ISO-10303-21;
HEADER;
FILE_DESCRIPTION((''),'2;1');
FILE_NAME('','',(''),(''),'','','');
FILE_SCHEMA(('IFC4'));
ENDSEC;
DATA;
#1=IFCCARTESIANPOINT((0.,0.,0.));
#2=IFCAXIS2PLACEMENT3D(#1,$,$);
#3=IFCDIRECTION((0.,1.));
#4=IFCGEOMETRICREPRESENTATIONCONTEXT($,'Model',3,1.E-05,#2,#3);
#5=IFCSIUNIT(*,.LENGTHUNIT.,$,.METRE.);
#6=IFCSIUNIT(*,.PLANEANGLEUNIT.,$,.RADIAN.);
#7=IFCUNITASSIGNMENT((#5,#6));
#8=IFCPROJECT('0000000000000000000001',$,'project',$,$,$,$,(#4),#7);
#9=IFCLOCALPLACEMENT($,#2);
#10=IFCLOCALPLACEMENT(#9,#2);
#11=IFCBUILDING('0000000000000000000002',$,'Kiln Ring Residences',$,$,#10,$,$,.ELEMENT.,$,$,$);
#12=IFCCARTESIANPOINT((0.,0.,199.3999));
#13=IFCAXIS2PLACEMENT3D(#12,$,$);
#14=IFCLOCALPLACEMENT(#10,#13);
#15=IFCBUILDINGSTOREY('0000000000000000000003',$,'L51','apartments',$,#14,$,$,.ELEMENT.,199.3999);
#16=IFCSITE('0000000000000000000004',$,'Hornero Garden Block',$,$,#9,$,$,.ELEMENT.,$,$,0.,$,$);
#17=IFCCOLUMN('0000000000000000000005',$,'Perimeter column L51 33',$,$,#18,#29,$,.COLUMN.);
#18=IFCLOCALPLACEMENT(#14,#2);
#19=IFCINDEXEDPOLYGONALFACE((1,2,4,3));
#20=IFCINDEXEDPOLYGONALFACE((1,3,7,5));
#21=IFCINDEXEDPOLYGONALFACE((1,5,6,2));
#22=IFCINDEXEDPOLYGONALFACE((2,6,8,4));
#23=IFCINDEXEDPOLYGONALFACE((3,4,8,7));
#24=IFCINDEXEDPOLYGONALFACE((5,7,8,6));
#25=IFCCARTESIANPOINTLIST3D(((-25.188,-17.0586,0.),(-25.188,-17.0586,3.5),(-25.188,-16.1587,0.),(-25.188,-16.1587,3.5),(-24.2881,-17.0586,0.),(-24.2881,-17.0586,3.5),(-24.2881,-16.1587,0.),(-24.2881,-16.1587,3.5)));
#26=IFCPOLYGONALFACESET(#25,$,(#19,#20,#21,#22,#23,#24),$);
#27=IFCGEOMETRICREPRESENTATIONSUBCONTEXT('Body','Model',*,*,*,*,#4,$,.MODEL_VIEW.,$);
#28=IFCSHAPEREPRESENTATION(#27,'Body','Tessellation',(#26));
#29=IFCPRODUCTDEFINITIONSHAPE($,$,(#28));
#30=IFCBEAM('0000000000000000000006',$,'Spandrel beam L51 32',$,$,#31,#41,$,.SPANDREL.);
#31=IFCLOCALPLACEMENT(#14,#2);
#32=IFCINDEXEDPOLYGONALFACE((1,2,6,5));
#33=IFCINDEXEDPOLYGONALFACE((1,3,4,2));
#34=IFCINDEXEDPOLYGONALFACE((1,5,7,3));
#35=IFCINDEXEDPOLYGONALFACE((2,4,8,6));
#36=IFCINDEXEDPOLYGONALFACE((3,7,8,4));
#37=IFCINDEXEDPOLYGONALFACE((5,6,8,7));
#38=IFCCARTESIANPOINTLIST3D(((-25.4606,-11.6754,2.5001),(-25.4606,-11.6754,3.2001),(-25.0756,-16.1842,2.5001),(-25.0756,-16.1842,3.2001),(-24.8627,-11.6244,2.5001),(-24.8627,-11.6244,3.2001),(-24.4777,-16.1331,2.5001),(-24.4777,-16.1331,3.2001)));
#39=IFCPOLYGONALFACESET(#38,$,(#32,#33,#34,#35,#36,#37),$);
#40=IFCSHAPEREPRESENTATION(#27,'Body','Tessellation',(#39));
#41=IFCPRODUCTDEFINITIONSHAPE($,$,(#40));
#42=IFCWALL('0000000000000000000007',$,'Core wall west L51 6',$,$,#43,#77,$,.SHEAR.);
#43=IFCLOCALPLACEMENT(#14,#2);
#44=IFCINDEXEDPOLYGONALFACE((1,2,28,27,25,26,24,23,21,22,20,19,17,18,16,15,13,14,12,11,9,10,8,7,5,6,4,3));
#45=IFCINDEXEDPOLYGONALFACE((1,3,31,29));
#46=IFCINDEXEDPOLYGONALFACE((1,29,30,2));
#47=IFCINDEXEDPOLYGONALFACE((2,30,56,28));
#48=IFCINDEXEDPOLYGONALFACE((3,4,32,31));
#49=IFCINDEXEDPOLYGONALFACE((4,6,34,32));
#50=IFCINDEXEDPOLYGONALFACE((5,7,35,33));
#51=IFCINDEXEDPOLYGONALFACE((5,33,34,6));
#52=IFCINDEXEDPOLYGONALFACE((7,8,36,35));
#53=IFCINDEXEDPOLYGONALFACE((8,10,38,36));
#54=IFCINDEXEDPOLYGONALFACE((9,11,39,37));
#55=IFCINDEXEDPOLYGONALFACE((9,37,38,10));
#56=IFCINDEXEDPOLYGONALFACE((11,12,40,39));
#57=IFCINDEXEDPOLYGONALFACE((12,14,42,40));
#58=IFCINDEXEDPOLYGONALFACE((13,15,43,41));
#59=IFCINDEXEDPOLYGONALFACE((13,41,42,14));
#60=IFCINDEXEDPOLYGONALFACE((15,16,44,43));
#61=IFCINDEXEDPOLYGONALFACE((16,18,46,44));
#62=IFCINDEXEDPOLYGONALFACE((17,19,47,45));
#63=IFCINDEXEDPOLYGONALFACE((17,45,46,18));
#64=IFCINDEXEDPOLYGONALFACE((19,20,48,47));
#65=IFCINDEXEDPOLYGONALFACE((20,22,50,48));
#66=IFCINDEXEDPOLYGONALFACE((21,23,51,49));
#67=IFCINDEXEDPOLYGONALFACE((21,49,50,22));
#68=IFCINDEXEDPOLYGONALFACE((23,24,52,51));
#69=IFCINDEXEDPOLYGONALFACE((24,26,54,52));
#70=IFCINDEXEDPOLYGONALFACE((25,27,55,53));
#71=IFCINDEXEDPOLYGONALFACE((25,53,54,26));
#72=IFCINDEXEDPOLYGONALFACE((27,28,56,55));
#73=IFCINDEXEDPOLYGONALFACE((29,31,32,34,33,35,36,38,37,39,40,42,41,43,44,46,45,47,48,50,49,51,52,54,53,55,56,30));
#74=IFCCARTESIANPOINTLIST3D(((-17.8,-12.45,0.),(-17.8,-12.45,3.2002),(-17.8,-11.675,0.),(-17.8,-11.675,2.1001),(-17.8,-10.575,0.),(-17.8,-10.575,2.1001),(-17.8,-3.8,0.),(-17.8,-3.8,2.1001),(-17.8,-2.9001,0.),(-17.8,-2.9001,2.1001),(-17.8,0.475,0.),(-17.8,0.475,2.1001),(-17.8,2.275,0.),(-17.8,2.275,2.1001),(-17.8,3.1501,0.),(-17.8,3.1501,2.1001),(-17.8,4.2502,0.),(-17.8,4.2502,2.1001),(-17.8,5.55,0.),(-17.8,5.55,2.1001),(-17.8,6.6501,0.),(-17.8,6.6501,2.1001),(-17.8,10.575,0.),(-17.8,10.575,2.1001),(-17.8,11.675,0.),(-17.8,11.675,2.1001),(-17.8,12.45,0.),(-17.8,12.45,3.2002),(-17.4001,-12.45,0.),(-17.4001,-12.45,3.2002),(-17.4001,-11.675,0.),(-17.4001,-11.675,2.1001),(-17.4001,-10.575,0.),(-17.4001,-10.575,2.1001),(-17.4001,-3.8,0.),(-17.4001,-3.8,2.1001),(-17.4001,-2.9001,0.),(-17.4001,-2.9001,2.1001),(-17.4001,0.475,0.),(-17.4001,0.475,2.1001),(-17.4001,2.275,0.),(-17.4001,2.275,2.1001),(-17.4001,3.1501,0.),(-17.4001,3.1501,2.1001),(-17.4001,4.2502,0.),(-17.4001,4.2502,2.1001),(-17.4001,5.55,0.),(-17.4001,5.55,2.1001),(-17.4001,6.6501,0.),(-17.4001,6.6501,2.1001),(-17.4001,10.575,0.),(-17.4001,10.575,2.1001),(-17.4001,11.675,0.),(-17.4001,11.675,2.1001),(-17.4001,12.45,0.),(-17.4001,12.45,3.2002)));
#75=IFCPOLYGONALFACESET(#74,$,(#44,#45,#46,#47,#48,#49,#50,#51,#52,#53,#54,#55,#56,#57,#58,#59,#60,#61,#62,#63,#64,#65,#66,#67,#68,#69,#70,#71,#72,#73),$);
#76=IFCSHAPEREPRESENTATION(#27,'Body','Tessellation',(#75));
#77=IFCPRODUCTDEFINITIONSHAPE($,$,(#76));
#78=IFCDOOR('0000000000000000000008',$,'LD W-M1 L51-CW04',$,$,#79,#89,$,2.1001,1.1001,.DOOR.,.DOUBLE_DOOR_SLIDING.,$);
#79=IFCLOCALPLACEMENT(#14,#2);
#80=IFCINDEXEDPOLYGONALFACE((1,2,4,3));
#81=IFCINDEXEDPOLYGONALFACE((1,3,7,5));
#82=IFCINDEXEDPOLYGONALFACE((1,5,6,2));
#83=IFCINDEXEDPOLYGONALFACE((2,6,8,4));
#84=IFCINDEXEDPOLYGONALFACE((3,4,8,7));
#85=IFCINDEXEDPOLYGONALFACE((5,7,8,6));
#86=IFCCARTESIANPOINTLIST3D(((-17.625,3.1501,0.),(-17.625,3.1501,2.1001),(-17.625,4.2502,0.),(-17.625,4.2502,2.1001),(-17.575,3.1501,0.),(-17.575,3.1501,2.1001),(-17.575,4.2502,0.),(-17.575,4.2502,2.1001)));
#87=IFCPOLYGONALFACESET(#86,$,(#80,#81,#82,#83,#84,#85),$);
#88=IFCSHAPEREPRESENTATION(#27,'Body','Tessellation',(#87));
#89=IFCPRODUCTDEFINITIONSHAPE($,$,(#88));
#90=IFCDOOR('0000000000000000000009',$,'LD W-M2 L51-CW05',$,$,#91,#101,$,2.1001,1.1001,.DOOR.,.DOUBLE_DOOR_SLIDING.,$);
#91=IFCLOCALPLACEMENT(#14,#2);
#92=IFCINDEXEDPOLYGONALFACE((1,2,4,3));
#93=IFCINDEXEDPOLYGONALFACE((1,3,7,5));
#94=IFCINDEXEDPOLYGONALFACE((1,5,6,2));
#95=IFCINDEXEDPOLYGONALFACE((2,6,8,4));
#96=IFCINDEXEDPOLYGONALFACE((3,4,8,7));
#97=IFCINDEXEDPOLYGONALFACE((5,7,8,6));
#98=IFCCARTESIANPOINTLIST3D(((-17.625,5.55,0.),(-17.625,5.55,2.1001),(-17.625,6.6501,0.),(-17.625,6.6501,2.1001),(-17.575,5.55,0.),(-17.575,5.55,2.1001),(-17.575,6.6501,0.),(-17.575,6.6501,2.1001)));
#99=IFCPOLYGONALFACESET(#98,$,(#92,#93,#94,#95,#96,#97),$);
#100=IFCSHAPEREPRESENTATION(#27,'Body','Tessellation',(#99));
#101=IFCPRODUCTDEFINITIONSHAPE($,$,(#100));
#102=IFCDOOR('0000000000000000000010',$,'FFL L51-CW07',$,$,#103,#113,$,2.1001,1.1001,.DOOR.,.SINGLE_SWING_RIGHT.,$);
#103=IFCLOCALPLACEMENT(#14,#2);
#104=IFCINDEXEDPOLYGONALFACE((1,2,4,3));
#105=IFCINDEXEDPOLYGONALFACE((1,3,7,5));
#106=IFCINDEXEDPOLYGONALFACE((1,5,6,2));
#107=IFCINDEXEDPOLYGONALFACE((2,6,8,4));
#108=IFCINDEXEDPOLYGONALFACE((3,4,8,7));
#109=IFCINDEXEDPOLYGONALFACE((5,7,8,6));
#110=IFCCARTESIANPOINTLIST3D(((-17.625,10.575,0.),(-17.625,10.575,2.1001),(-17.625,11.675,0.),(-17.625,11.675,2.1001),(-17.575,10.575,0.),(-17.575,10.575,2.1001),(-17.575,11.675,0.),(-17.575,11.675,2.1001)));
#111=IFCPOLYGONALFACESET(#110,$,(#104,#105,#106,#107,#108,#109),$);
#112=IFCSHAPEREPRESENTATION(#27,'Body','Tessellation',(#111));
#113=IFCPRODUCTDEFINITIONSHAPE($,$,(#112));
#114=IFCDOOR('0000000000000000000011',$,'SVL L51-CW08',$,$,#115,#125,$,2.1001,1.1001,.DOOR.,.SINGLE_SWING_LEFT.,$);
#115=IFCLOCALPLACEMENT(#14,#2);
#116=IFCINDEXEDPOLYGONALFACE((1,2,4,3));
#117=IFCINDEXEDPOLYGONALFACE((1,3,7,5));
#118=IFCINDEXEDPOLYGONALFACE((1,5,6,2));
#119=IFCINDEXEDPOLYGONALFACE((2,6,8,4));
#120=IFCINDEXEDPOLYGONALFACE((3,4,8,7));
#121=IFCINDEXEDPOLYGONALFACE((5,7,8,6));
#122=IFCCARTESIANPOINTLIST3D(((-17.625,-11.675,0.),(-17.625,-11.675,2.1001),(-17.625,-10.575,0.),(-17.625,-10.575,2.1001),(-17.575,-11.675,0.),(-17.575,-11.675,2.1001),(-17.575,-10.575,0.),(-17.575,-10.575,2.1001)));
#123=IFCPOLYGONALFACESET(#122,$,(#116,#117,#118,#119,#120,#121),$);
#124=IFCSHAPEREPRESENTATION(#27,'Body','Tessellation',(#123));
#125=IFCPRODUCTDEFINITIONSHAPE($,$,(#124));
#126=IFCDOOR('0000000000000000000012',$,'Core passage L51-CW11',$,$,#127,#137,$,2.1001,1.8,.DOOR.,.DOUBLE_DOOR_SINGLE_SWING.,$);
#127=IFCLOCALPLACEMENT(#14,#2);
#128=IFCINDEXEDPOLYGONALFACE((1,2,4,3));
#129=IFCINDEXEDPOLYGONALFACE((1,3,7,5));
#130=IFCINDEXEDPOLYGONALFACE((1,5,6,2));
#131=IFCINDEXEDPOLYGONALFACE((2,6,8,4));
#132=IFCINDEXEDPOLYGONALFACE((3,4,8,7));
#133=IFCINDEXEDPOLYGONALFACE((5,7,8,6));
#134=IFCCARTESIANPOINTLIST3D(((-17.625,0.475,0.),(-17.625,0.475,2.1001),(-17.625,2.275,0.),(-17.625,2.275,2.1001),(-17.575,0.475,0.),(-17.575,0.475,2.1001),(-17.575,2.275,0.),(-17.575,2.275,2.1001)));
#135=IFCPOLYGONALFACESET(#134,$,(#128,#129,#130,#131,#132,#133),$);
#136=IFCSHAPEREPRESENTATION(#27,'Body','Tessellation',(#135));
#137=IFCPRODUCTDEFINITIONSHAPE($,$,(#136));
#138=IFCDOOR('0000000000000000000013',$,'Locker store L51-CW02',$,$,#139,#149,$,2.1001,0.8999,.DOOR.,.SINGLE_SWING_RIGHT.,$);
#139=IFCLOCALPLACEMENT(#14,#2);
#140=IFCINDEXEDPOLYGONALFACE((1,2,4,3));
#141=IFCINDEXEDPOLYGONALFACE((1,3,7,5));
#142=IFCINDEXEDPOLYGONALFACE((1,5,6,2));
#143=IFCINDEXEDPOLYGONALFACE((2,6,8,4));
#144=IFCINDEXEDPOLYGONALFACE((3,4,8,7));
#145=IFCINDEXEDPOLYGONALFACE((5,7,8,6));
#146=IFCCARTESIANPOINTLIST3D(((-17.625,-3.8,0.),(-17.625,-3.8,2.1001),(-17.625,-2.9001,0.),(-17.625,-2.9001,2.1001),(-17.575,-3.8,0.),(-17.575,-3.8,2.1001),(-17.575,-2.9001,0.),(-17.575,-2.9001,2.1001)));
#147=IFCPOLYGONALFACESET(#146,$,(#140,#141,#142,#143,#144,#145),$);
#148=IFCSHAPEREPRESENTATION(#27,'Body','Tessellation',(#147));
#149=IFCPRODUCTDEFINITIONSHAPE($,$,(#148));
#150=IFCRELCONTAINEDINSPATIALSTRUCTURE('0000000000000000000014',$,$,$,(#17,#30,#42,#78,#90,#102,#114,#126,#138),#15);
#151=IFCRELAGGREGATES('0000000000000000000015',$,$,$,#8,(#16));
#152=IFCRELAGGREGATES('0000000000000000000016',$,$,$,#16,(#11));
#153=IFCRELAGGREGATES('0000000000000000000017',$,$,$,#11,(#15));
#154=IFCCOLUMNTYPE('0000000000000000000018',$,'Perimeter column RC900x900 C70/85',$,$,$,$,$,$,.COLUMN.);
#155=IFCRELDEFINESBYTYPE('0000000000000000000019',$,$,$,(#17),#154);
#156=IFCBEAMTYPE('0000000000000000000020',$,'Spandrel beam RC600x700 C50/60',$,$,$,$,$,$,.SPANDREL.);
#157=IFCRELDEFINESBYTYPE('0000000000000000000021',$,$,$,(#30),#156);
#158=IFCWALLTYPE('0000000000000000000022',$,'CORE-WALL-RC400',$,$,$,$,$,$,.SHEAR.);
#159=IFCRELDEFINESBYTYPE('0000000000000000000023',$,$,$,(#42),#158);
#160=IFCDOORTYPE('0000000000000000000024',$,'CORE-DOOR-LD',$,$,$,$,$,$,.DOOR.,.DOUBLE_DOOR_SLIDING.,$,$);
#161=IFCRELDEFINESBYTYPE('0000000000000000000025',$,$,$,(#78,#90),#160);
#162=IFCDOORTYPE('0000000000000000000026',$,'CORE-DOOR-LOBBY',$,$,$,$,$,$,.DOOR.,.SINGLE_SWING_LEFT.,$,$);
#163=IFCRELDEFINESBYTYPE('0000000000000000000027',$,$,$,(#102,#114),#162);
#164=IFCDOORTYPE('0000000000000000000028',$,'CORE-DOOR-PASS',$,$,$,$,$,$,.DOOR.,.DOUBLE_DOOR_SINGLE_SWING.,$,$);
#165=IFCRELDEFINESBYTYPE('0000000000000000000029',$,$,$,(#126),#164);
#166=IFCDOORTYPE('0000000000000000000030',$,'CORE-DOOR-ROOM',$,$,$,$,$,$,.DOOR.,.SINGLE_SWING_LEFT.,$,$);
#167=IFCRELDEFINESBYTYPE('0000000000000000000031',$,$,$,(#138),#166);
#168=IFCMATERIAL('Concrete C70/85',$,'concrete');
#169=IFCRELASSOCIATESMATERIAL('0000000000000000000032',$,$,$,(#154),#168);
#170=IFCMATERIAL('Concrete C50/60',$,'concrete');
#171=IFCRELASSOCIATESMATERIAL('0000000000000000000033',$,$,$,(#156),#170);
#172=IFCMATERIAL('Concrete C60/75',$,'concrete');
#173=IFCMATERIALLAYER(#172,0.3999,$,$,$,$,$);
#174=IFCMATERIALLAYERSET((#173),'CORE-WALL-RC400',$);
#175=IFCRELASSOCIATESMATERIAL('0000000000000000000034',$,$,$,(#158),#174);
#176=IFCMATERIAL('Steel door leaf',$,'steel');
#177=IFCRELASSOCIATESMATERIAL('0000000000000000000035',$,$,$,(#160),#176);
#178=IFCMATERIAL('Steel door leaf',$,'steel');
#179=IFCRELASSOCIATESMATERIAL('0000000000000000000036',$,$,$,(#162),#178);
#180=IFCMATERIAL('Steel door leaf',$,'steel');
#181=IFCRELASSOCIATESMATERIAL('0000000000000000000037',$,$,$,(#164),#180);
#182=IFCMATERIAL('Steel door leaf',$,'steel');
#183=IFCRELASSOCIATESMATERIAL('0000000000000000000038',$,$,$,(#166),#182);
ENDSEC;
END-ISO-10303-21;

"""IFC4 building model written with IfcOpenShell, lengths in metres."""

from ifc_helpers import new_model, si_unit, direction, frame, frame_2d, origin, origin_2d, place, context, subcontext, project, spatial, rectangle, extrude, material, layer, layer_set, material_profile, profile_set, type_object, element, fill, save


model = new_model("IFC4")

# Units and contexts
model_context = context("Model", 3, precision=1e-05, world=origin(), true_north=direction((0.0, 1.0)))
body_context = subcontext(model_context, "Body", "Model", "MODEL_VIEW")
ifc_project = project(units=[si_unit("LENGTHUNIT", "METRE"), si_unit("PLANEANGLEUNIT", "RADIAN")], contexts=[model_context])

# Site, building, storey
site_placement = place(None, origin())
site = spatial("IfcSite", under=ifc_project, at=site_placement, Name="Hornero Garden Block", CompositionType="ELEMENT", RefElevation=0.0)
building_placement = place(site_placement, origin())
building = spatial("IfcBuilding", under=site, at=building_placement, Name="Kiln Ring Residences", CompositionType="ELEMENT")
storey_placement = place(building_placement, frame((0.0, 0.0, 199.3999)))
storey = spatial("IfcBuildingStorey", under=building, at=storey_placement, Name="L51", Description="apartments", CompositionType="ELEMENT", Elevation=199.3999)

# Column
ifc_material_1 = material(Name="Concrete C70/85", Category="concrete")
ifc_material_profile_1 = material_profile(ifc_material_1, rectangle(XDim=0.8999, YDim=0.8999, at=origin_2d()), Name="RC900x900")
ifc_profile_set_1 = profile_set([ifc_material_profile_1], Name="Concrete C70/85")
column_type = type_object("IfcColumnType", Name="Perimeter column RC900x900 C70/85", PredefinedType="COLUMN", material=ifc_profile_set_1)
column_placement = place(storey_placement, frame((-24.738, -16.6086, 0.0), z_axis=(0.0, 0.0, 1.0), x_axis=(1.0, 0.0, 0.0)))
element("IfcColumn", 1, at=column_placement, inside=storey, type_object=column_type, Name="Perimeter column L51 33", PredefinedType="COLUMN", context=body_context, shape_type="SweptSolid", body=[
    extrude(rectangle(XDim=0.8999, YDim=0.8999, at=origin_2d()), origin(), (0.0, 0.0, 1.0), 3.5),
])

# Beam
ifc_material_2 = material(Name="Concrete C50/60", Category="concrete")
ifc_material_profile_2 = material_profile(ifc_material_2, rectangle(XDim=0.6001, YDim=0.7, at=origin_2d()), Name="RC600x700")
ifc_profile_set_2 = profile_set([ifc_material_profile_2], Name="Concrete C50/60")
beam_type = type_object("IfcBeamType", Name="Spandrel beam RC600x700 C50/60", PredefinedType="SPANDREL", material=ifc_profile_set_2)
beam_placement = place(storey_placement, frame((-25.1616, -11.6499, 2.8501), z_axis=(0.085081, -0.996374, 0.0), x_axis=(0.996374, 0.085081, 0.0)))
element("IfcBeam", 2, at=beam_placement, inside=storey, type_object=beam_type, Name="Spandrel beam L51 32", PredefinedType="SPANDREL", context=body_context, shape_type="SweptSolid", body=[
    extrude(rectangle(XDim=0.6001, YDim=0.7, at=origin_2d()), origin(), (0.0, 0.0, 1.0), 4.5251),
])

# Wall, openings, doors
ifc_material_3 = material(Name="Concrete C60/75", Category="concrete")
ifc_layer_1 = layer(ifc_material_3, 0.3999)
ifc_layer_set_1 = layer_set([ifc_layer_1], Name="CORE-WALL-RC400")
wall_type_1 = type_object("IfcWallType", Name="CORE-WALL-RC400", PredefinedType="SHEAR", material=ifc_layer_set_1)
wall_1_placement = place(storey_placement, frame((-17.6001, -12.45, 0.0), z_axis=(0.0, 0.0, 1.0), x_axis=(0.0, 1.0, 0.0)))
wall_1 = element("IfcWall", 3, at=wall_1_placement, inside=storey, type_object=wall_type_1, Name="Core wall west L51 6", PredefinedType="SHEAR", context=body_context, shape_type="SweptSolid", body=[
    extrude(rectangle(XDim=24.8999, YDim=0.3999, at=frame_2d((12.45, 0.0))), origin(), (0.0, 0.0, 1.0), 3.2002),
])
opening_1_placement = place(wall_1_placement, frame((8.6499, 0.0, 0.0)))
opening_1 = element("IfcOpeningElement", 4, at=opening_1_placement, cuts=wall_1, PredefinedType="OPENING", context=body_context, shape_type="SweptSolid", body=[
    extrude(rectangle(XDim=0.8999, YDim=2.1001, at=frame_2d((0.45, 1.05))), frame((0.0, 0.21, 0.0), z_axis=(0.0, -1.0, 0.0), x_axis=(1.0, 0.0, 0.0)), (0.0, 0.0, 1.0), 0.4199),
])
opening_2_placement = place(wall_1_placement, frame((15.6001, 0.0, 0.0)))
opening_2 = element("IfcOpeningElement", 5, at=opening_2_placement, cuts=wall_1, PredefinedType="OPENING", context=body_context, shape_type="SweptSolid", body=[
    extrude(rectangle(XDim=1.1001, YDim=2.1001, at=frame_2d((0.55, 1.05))), frame((0.0, 0.21, 0.0), z_axis=(0.0, -1.0, 0.0), x_axis=(1.0, 0.0, 0.0)), (0.0, 0.0, 1.0), 0.4199),
])
opening_3_placement = place(wall_1_placement, frame((18.0, 0.0, 0.0)))
opening_3 = element("IfcOpeningElement", 6, at=opening_3_placement, cuts=wall_1, PredefinedType="OPENING", context=body_context, shape_type="SweptSolid", body=[
    extrude(rectangle(XDim=1.1001, YDim=2.1001, at=frame_2d((0.55, 1.05))), frame((0.0, 0.21, 0.0), z_axis=(0.0, -1.0, 0.0), x_axis=(1.0, 0.0, 0.0)), (0.0, 0.0, 1.0), 0.4199),
])
opening_4_placement = place(wall_1_placement, frame((23.0249, 0.0, 0.0)))
opening_4 = element("IfcOpeningElement", 7, at=opening_4_placement, cuts=wall_1, PredefinedType="OPENING", context=body_context, shape_type="SweptSolid", body=[
    extrude(rectangle(XDim=1.1001, YDim=2.1001, at=frame_2d((0.55, 1.05))), frame((0.0, 0.21, 0.0), z_axis=(0.0, -1.0, 0.0), x_axis=(1.0, 0.0, 0.0)), (0.0, 0.0, 1.0), 0.4199),
])
opening_5_placement = place(wall_1_placement, frame((0.7749, 0.0, 0.0)))
opening_5 = element("IfcOpeningElement", 8, at=opening_5_placement, cuts=wall_1, PredefinedType="OPENING", context=body_context, shape_type="SweptSolid", body=[
    extrude(rectangle(XDim=1.1001, YDim=2.1001, at=frame_2d((0.55, 1.05))), frame((0.0, 0.21, 0.0), z_axis=(0.0, -1.0, 0.0), x_axis=(1.0, 0.0, 0.0)), (0.0, 0.0, 1.0), 0.4199),
])
opening_6_placement = place(wall_1_placement, frame((12.925, 0.0, 0.0)))
opening_6 = element("IfcOpeningElement", 9, at=opening_6_placement, cuts=wall_1, PredefinedType="OPENING", context=body_context, shape_type="SweptSolid", body=[
    extrude(rectangle(XDim=1.8, YDim=2.1001, at=frame_2d((0.8999, 1.05))), frame((0.0, 0.21, 0.0), z_axis=(0.0, -1.0, 0.0), x_axis=(1.0, 0.0, 0.0)), (0.0, 0.0, 1.0), 0.4199),
])
ifc_material_4 = material(Name="Steel door leaf", Category="steel")
door_type_1 = type_object("IfcDoorType", Name="CORE-DOOR-LD", OperationType="DOUBLE_DOOR_SLIDING", PredefinedType="DOOR", material=ifc_material_4)
door_1_placement = place(opening_2_placement, origin())
door_1 = element("IfcDoor", 10, at=door_1_placement, inside=storey, type_object=door_type_1, Name="LD W-M1 L51-CW04", OperationType="DOUBLE_DOOR_SLIDING", OverallHeight=2.1001, OverallWidth=1.1001, PredefinedType="DOOR", context=body_context, shape_type="SweptSolid", body=[
    extrude(rectangle(XDim=1.1001, YDim=2.1001, at=frame_2d((0.55, 1.05))), frame((0.0, 0.0249, 0.0), z_axis=(0.0, -1.0, 0.0), x_axis=(1.0, 0.0, 0.0)), (0.0, 0.0, 1.0), 0.05),
])
fill(opening_2, door_1)
door_2_placement = place(opening_3_placement, origin())
door_2 = element("IfcDoor", 11, at=door_2_placement, inside=storey, type_object=door_type_1, Name="LD W-M2 L51-CW05", OperationType="DOUBLE_DOOR_SLIDING", OverallHeight=2.1001, OverallWidth=1.1001, PredefinedType="DOOR", context=body_context, shape_type="SweptSolid", body=[
    extrude(rectangle(XDim=1.1001, YDim=2.1001, at=frame_2d((0.55, 1.05))), frame((0.0, 0.0249, 0.0), z_axis=(0.0, -1.0, 0.0), x_axis=(1.0, 0.0, 0.0)), (0.0, 0.0, 1.0), 0.05),
])
fill(opening_3, door_2)
ifc_material_5 = material(Name="Steel door leaf", Category="steel")
door_type_2 = type_object("IfcDoorType", Name="CORE-DOOR-LOBBY", OperationType="SINGLE_SWING_LEFT", PredefinedType="DOOR", material=ifc_material_5)
door_3_placement = place(opening_4_placement, origin())
door_3 = element("IfcDoor", 12, at=door_3_placement, inside=storey, type_object=door_type_2, Name="FFL L51-CW07", OperationType="SINGLE_SWING_RIGHT", OverallHeight=2.1001, OverallWidth=1.1001, PredefinedType="DOOR", context=body_context, shape_type="SweptSolid", body=[
    extrude(rectangle(XDim=1.1001, YDim=2.1001, at=frame_2d((0.55, 1.05))), frame((0.0, 0.0249, 0.0), z_axis=(0.0, -1.0, 0.0), x_axis=(1.0, 0.0, 0.0)), (0.0, 0.0, 1.0), 0.05),
])
fill(opening_4, door_3)
door_4_placement = place(opening_5_placement, origin())
door_4 = element("IfcDoor", 13, at=door_4_placement, inside=storey, type_object=door_type_2, Name="SVL L51-CW08", OperationType="SINGLE_SWING_LEFT", OverallHeight=2.1001, OverallWidth=1.1001, PredefinedType="DOOR", context=body_context, shape_type="SweptSolid", body=[
    extrude(rectangle(XDim=1.1001, YDim=2.1001, at=frame_2d((0.55, 1.05))), frame((0.0, 0.0249, 0.0), z_axis=(0.0, -1.0, 0.0), x_axis=(1.0, 0.0, 0.0)), (0.0, 0.0, 1.0), 0.05),
])
fill(opening_5, door_4)
ifc_material_6 = material(Name="Steel door leaf", Category="steel")
door_type_3 = type_object("IfcDoorType", Name="CORE-DOOR-PASS", OperationType="DOUBLE_DOOR_SINGLE_SWING", PredefinedType="DOOR", material=ifc_material_6)
door_5_placement = place(opening_6_placement, origin())
door_5 = element("IfcDoor", 14, at=door_5_placement, inside=storey, type_object=door_type_3, Name="Core passage L51-CW11", OperationType="DOUBLE_DOOR_SINGLE_SWING", OverallHeight=2.1001, OverallWidth=1.8, PredefinedType="DOOR", context=body_context, shape_type="SweptSolid", body=[
    extrude(rectangle(XDim=1.8, YDim=2.1001, at=frame_2d((0.8999, 1.05))), frame((0.0, 0.0249, 0.0), z_axis=(0.0, -1.0, 0.0), x_axis=(1.0, 0.0, 0.0)), (0.0, 0.0, 1.0), 0.05),
])
fill(opening_6, door_5)
ifc_material_7 = material(Name="Steel door leaf", Category="steel")
door_type_4 = type_object("IfcDoorType", Name="CORE-DOOR-ROOM", OperationType="SINGLE_SWING_LEFT", PredefinedType="DOOR", material=ifc_material_7)
door_6_placement = place(opening_1_placement, origin())
door_6 = element("IfcDoor", 15, at=door_6_placement, inside=storey, type_object=door_type_4, Name="Locker store L51-CW02", OperationType="SINGLE_SWING_RIGHT", OverallHeight=2.1001, OverallWidth=0.8999, PredefinedType="DOOR", context=body_context, shape_type="SweptSolid", body=[
    extrude(rectangle(XDim=0.8999, YDim=2.1001, at=frame_2d((0.45, 1.05))), frame((0.0, 0.0249, 0.0), z_axis=(0.0, -1.0, 0.0), x_axis=(1.0, 0.0, 0.0)), (0.0, 0.0, 1.0), 0.05),
])
fill(opening_1, door_6)

save(model, "model.ifc")
